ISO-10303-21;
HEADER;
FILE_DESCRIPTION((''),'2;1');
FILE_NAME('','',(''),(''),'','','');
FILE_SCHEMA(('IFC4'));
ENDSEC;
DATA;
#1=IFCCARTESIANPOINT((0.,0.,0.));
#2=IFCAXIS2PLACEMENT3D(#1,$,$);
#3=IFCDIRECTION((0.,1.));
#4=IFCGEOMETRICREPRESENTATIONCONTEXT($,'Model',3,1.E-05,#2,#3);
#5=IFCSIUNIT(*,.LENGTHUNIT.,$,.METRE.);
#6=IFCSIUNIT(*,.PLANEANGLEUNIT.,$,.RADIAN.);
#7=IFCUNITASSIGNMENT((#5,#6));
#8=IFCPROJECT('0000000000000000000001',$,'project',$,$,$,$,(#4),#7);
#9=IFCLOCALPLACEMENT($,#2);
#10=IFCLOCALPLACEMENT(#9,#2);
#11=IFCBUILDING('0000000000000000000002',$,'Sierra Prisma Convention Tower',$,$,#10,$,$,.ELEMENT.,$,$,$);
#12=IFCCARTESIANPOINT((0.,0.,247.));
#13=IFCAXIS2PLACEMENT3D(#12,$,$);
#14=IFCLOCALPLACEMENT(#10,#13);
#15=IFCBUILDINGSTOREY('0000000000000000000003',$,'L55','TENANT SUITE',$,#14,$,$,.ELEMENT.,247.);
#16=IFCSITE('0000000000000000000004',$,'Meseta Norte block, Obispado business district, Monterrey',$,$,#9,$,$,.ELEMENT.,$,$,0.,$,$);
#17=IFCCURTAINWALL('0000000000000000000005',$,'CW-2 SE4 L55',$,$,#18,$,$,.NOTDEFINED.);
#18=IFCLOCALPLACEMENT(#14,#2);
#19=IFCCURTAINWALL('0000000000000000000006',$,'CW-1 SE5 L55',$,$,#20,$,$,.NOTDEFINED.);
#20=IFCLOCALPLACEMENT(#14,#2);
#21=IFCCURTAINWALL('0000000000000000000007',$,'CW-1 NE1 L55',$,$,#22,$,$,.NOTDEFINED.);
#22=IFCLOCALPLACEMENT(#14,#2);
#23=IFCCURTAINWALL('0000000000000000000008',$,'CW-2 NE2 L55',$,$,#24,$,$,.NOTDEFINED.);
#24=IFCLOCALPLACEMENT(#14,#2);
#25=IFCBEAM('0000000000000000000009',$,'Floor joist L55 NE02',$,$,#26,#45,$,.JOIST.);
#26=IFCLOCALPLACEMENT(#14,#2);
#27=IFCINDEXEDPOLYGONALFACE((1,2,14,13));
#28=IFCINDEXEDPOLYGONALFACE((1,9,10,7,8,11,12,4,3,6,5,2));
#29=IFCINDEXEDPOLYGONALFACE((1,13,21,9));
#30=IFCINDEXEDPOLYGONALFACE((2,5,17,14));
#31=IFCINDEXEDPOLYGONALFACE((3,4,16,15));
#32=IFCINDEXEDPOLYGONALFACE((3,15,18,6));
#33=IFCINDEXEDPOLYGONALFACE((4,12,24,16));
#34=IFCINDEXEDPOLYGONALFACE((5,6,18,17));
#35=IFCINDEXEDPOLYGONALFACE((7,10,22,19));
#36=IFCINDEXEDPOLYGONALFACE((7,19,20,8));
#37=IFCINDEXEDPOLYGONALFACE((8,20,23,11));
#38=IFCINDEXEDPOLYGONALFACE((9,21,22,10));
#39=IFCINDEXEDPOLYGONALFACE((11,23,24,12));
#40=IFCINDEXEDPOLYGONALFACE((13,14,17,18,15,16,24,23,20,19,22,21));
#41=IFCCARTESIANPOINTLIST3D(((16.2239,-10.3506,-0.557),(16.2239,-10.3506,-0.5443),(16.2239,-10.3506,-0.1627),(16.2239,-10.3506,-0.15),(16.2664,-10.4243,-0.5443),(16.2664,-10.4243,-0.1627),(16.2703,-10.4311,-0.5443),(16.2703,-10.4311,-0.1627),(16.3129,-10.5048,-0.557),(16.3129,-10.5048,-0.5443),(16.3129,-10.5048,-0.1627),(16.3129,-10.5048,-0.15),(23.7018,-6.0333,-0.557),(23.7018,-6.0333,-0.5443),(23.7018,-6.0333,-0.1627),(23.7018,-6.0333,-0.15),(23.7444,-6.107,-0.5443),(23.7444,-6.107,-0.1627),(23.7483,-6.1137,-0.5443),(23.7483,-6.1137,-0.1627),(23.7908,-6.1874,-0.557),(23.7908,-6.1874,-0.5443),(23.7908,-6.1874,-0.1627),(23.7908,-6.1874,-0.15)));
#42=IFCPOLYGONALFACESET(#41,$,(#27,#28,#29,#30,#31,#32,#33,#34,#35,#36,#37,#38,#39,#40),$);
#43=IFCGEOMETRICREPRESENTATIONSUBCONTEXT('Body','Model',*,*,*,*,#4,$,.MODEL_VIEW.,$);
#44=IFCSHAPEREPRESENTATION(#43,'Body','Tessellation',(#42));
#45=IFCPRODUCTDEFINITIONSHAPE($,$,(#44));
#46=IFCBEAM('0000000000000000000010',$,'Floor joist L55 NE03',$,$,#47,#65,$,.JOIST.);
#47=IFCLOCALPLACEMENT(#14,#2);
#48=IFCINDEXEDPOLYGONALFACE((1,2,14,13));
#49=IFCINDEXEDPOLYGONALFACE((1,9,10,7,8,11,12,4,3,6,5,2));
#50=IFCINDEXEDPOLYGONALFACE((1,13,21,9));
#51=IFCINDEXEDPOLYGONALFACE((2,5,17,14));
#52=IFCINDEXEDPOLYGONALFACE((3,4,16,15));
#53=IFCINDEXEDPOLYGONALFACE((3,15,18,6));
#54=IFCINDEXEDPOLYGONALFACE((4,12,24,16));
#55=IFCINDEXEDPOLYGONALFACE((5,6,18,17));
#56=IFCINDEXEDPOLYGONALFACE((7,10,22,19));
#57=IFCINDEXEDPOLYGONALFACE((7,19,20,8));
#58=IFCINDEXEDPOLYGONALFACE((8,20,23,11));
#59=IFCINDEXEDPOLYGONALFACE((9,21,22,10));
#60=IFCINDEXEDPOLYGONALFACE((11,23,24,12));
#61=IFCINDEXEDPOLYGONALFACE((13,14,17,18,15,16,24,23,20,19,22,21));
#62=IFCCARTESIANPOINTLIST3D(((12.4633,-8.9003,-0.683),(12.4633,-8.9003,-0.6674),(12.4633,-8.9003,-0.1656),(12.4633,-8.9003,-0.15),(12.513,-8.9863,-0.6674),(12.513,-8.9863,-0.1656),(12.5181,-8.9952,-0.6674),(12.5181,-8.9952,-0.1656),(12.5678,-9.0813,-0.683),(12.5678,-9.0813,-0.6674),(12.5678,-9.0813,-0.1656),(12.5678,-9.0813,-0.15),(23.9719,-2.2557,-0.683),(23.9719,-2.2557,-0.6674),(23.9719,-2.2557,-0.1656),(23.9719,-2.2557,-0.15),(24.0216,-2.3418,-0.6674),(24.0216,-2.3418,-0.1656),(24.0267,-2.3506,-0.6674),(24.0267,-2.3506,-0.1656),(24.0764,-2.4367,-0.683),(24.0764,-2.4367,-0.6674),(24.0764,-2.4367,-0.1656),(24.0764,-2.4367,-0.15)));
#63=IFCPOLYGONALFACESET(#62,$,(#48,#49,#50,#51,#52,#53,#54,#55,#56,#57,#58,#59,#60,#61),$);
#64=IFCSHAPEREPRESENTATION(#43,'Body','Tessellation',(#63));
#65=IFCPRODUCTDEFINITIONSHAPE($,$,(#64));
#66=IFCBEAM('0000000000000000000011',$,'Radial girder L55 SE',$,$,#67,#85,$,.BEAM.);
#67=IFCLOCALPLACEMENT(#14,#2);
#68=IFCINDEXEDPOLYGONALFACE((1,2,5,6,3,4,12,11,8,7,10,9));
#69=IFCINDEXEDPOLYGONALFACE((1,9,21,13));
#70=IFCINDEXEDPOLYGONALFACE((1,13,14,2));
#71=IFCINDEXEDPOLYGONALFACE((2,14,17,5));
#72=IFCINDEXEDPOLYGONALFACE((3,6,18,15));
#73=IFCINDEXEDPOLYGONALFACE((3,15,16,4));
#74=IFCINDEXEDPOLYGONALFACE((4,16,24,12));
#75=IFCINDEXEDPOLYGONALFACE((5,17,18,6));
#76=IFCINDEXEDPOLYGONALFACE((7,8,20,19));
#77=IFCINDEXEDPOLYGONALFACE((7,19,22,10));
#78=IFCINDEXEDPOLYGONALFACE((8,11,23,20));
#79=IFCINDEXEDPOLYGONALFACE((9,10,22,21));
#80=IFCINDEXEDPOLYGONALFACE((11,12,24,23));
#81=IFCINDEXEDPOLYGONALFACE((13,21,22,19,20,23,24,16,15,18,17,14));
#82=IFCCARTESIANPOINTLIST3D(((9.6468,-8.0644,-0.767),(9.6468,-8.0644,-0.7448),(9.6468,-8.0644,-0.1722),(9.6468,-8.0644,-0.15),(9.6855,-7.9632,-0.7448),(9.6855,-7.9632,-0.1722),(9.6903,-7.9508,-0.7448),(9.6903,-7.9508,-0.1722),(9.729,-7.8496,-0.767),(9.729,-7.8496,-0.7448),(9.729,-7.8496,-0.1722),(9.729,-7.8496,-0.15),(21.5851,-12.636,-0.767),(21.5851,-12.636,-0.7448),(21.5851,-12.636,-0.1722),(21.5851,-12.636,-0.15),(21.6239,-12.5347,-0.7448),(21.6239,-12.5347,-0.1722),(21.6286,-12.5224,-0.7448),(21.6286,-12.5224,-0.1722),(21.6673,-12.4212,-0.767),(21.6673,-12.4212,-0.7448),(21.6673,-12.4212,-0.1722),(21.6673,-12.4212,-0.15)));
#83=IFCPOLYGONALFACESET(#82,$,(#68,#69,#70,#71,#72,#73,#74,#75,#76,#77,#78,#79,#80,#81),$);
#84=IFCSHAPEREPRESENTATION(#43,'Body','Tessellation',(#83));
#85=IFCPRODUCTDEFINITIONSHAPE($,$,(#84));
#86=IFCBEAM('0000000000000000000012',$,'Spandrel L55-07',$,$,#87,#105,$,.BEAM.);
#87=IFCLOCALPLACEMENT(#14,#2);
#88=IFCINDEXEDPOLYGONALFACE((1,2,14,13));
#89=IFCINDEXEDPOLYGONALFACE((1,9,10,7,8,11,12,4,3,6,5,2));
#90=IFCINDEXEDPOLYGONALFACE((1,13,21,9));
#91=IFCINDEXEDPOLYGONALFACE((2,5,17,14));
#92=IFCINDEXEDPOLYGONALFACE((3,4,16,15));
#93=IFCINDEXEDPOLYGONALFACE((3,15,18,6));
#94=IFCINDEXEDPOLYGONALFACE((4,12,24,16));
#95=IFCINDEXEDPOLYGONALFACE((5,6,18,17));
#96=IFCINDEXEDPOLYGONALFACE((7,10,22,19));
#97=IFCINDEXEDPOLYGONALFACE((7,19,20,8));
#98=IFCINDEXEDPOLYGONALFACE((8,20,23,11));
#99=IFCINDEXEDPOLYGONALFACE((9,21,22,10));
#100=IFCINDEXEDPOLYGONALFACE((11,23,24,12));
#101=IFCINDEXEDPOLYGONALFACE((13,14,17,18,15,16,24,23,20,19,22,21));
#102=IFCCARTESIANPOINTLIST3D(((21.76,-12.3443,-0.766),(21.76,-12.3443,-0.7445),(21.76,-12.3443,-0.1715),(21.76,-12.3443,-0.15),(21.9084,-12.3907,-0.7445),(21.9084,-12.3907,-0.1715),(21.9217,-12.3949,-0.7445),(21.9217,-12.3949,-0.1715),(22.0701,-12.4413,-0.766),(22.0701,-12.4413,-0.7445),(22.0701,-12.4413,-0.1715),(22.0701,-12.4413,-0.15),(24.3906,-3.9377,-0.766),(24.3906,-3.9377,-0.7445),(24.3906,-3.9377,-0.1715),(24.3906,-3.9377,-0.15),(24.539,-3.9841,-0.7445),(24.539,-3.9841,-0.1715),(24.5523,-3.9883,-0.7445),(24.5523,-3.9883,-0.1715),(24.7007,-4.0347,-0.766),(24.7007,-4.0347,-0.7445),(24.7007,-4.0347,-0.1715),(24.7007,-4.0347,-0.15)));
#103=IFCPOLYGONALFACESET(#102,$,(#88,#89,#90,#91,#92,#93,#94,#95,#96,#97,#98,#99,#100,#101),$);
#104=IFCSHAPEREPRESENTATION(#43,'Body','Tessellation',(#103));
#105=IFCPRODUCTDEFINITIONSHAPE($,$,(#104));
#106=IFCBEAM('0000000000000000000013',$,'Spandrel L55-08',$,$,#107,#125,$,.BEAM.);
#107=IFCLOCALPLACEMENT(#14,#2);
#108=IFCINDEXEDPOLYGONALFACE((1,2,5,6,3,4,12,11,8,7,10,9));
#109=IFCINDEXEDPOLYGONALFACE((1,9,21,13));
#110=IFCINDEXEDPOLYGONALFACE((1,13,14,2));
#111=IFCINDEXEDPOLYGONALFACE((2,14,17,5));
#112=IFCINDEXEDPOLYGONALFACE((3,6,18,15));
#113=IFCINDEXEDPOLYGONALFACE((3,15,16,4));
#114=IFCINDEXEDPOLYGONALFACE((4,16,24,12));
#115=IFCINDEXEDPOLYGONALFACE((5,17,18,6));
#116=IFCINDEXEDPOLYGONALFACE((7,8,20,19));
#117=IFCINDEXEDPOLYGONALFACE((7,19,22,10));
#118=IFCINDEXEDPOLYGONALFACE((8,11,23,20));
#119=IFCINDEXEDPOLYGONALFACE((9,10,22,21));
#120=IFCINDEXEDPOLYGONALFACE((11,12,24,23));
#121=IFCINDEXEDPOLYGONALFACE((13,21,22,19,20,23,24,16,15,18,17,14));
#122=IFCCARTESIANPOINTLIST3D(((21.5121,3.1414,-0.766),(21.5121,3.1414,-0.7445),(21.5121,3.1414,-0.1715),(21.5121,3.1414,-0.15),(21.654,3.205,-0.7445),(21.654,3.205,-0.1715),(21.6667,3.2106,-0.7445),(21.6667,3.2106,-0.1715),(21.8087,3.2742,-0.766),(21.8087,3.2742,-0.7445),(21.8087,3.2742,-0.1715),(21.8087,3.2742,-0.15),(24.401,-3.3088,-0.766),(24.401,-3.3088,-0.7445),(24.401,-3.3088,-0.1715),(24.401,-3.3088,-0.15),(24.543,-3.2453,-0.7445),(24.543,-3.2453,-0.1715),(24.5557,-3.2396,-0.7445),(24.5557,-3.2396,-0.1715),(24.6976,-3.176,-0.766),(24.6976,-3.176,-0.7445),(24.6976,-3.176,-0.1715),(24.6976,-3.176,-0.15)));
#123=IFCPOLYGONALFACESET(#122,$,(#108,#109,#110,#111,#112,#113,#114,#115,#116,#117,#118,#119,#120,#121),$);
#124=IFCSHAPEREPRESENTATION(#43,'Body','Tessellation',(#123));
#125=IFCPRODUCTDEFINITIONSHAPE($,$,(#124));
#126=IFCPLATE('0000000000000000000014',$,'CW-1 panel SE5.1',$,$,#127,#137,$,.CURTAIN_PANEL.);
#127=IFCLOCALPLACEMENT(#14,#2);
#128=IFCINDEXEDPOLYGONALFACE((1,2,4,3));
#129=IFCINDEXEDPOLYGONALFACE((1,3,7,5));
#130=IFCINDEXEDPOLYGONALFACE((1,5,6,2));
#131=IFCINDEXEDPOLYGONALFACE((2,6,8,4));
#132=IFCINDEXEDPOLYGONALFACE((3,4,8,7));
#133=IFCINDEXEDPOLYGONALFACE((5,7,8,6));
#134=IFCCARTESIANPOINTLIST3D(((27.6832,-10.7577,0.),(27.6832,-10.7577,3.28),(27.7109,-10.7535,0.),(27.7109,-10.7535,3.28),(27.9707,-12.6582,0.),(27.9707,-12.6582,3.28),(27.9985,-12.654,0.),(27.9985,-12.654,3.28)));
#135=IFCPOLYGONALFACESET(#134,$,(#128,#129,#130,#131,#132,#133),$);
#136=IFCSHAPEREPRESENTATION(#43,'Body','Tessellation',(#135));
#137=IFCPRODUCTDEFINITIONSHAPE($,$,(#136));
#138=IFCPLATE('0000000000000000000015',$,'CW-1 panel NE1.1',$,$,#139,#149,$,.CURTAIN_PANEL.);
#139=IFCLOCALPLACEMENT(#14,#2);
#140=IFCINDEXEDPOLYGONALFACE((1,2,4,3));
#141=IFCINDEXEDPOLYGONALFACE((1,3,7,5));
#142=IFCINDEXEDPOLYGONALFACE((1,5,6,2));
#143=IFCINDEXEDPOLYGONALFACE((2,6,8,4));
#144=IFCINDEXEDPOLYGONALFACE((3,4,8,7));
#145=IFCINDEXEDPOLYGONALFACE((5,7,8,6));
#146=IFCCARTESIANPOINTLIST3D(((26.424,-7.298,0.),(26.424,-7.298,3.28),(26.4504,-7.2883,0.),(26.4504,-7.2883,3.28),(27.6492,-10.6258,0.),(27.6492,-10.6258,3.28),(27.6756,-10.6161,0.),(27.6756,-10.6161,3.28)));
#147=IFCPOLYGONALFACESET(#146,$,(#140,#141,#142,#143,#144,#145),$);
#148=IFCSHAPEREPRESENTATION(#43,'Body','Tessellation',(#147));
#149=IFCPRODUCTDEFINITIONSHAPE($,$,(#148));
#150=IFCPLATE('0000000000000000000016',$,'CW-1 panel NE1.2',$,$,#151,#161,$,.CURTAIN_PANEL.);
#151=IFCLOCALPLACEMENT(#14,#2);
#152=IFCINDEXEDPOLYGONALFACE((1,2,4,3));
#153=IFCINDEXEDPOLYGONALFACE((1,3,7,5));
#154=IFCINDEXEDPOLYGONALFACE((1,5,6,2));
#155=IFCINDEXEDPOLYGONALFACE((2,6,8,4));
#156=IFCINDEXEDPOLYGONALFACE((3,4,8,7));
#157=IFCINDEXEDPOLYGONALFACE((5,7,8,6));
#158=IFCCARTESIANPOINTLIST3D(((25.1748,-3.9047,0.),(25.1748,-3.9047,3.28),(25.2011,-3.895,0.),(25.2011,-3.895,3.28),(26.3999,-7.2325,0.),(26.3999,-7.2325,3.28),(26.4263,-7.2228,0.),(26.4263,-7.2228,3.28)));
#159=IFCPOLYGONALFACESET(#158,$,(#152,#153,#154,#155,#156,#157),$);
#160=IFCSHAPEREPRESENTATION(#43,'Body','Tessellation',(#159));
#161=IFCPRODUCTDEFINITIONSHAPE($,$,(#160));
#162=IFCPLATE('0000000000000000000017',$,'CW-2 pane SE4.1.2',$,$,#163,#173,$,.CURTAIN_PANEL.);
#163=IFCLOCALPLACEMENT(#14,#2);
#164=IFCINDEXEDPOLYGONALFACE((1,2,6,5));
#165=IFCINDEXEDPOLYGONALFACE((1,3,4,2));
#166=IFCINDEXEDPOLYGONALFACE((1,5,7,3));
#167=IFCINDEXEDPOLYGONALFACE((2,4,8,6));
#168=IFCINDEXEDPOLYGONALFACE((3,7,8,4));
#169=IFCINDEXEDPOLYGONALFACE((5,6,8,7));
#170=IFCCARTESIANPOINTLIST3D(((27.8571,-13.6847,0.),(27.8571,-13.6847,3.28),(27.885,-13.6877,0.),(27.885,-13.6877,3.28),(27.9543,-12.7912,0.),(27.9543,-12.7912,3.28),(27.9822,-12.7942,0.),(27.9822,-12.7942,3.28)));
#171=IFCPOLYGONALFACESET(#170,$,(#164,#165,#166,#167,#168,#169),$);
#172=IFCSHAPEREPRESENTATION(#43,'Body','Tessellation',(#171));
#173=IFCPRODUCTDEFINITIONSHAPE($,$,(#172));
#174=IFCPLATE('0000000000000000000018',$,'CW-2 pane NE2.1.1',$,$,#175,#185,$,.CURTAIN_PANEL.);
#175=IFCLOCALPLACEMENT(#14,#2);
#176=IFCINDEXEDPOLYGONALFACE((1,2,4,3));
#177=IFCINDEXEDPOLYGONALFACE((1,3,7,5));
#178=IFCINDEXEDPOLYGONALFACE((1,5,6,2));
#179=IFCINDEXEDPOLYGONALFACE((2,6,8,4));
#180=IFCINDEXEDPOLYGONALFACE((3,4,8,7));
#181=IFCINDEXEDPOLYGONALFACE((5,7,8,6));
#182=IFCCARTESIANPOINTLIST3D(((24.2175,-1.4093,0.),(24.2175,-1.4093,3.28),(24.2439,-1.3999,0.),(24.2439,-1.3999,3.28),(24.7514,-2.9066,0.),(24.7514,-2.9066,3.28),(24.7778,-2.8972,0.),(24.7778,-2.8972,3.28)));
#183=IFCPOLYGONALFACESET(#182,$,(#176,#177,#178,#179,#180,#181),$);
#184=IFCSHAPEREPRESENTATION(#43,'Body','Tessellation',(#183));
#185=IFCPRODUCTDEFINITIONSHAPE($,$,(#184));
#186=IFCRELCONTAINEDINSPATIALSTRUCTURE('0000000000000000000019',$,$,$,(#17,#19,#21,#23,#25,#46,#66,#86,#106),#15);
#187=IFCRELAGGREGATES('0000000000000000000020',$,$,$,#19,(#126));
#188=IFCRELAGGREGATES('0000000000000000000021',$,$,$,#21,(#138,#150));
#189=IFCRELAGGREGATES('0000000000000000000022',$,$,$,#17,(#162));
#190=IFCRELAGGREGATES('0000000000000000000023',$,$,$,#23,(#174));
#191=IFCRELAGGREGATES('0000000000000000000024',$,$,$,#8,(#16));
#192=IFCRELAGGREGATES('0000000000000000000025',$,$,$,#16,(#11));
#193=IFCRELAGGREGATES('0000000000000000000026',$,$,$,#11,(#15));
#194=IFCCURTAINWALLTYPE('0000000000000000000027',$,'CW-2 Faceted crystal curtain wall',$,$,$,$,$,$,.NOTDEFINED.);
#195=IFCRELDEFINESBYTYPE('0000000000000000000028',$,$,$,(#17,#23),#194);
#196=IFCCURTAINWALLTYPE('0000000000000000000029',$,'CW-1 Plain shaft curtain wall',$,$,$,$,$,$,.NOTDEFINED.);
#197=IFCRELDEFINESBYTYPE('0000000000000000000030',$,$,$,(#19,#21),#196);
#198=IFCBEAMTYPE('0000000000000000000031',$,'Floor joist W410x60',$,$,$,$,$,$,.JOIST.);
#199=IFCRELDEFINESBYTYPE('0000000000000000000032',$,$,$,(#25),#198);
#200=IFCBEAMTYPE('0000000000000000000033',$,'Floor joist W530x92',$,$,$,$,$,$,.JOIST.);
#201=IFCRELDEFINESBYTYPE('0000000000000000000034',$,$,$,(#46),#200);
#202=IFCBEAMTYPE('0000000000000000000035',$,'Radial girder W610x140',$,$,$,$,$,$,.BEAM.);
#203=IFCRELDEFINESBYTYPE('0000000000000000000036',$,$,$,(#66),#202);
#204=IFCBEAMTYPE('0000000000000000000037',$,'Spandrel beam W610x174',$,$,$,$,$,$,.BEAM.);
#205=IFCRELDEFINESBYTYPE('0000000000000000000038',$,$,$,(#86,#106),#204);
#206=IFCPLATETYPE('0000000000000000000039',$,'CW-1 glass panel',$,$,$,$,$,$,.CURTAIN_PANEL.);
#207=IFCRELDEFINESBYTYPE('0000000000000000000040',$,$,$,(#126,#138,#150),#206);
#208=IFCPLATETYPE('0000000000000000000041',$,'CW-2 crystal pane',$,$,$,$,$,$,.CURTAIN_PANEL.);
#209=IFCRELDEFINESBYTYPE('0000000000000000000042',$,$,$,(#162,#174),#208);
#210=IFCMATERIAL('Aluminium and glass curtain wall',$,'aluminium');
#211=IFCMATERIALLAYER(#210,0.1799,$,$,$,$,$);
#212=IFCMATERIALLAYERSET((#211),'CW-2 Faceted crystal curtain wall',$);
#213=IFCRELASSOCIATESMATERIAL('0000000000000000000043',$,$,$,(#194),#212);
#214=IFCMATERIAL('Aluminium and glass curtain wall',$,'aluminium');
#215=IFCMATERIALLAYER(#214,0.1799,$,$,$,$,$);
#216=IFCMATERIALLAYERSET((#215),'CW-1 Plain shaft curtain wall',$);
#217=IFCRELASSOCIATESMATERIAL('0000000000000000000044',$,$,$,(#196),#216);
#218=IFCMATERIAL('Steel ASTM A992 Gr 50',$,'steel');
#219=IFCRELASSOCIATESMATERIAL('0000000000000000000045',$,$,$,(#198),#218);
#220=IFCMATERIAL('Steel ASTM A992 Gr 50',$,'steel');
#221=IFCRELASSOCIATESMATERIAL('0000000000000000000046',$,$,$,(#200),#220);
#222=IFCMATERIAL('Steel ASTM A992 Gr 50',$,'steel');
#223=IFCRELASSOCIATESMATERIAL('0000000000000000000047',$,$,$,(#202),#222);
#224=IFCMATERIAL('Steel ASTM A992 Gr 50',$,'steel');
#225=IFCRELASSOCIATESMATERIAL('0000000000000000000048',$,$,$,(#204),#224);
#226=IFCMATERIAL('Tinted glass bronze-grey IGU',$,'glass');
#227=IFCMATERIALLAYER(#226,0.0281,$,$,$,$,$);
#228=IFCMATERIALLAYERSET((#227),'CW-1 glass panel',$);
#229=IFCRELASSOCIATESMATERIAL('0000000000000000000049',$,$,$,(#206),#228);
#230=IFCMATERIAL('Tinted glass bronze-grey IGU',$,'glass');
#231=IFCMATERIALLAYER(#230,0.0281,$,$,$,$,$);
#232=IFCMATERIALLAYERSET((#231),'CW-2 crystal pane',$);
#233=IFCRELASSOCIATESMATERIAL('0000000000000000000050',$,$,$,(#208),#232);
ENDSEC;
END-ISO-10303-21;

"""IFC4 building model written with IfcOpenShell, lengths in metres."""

from ifc_helpers import new_model, si_unit, direction, frame, origin, origin_2d, place, context, subcontext, project, spatial, polyline, rectangle, i_section, outline, extrude, material, layer, layer_set, material_profile, profile_set, type_object, element, aggregate, save


model = new_model("IFC4")

# Units and contexts
model_context = context("Model", 3, precision=1e-05, world=origin(), true_north=direction((0.0, 1.0)))
body_context = subcontext(model_context, "Body", "Model", "MODEL_VIEW")
ifc_project = project(units=[si_unit("LENGTHUNIT", "METRE"), si_unit("PLANEANGLEUNIT", "RADIAN")], contexts=[model_context])

# Site, building, storey
site_placement = place(None, origin())
site = spatial("IfcSite", under=ifc_project, at=site_placement, Name="Meseta Norte block, Obispado business district, Monterrey", CompositionType="ELEMENT", RefElevation=0.0)
building_placement = place(site_placement, origin())
building = spatial("IfcBuilding", under=site, at=building_placement, Name="Sierra Prisma Convention Tower", CompositionType="ELEMENT")
storey_placement = place(building_placement, frame((0.0, 0.0, 247.0)))
storey = spatial("IfcBuildingStorey", under=building, at=storey_placement, Name="L55", Description="TENANT SUITE", CompositionType="ELEMENT", Elevation=247.0)

# Curtain walls
ifc_material_1 = material(Name="Aluminium and glass curtain wall", Category="aluminium")
ifc_layer_1 = layer(ifc_material_1, 0.1799)
ifc_layer_set_1 = layer_set([ifc_layer_1], Name="CW-2 Faceted crystal curtain wall")
curtain_wall_type_1 = type_object("IfcCurtainWallType", Name="CW-2 Faceted crystal curtain wall", PredefinedType="NOTDEFINED", material=ifc_layer_set_1)
curtain_wall_1_placement = place(storey_placement, origin())
curtain_wall_1 = element("IfcCurtainWall", 1, at=curtain_wall_1_placement, inside=storey, type_object=curtain_wall_type_1, Name="CW-2 SE4 L55", PredefinedType="NOTDEFINED")
ifc_material_2 = material(Name="Aluminium and glass curtain wall", Category="aluminium")
ifc_layer_2 = layer(ifc_material_2, 0.1799)
ifc_layer_set_2 = layer_set([ifc_layer_2], Name="CW-1 Plain shaft curtain wall")
curtain_wall_type_2 = type_object("IfcCurtainWallType", Name="CW-1 Plain shaft curtain wall", PredefinedType="NOTDEFINED", material=ifc_layer_set_2)
curtain_wall_2_placement = place(storey_placement, origin())
curtain_wall_2 = element("IfcCurtainWall", 2, at=curtain_wall_2_placement, inside=storey, type_object=curtain_wall_type_2, Name="CW-1 SE5 L55", PredefinedType="NOTDEFINED")

# Curtain wall
curtain_wall_3_placement = place(storey_placement, origin())
curtain_wall_3 = element("IfcCurtainWall", 3, at=curtain_wall_3_placement, inside=storey, type_object=curtain_wall_type_2, Name="CW-1 NE1 L55", PredefinedType="NOTDEFINED")

# Curtain wall
curtain_wall_4_placement = place(storey_placement, origin())
curtain_wall_4 = element("IfcCurtainWall", 4, at=curtain_wall_4_placement, inside=storey, type_object=curtain_wall_type_1, Name="CW-2 NE2 L55", PredefinedType="NOTDEFINED")

# Beams
ifc_material_3 = material(Name="Steel ASTM A992 Gr 50", Category="steel")
ifc_material_profile_1 = material_profile(ifc_material_3, i_section(OverallWidth=0.178, OverallDepth=0.407, WebThickness=0.0078, FlangeThickness=0.0127, at=origin_2d()), Name="W410x60")
ifc_profile_set_1 = profile_set([ifc_material_profile_1], Name="Steel ASTM A992 Gr 50")
beam_type_1 = type_object("IfcBeamType", Name="Floor joist W410x60", PredefinedType="JOIST", material=ifc_profile_set_1)
beam_1_placement = place(storey_placement, frame((23.7463, -6.1104, -0.3535), z_axis=(-0.866028, -0.499995, 0.0), x_axis=(0.499995, -0.866028, 0.0)))
element("IfcBeam", 5, at=beam_1_placement, inside=storey, type_object=beam_type_1, Name="Floor joist L55 NE02", PredefinedType="JOIST", context=body_context, shape_type="SweptSolid", body=[
    extrude(i_section(OverallWidth=0.178, OverallDepth=0.407, WebThickness=0.0078, FlangeThickness=0.0127, at=origin_2d()), origin(), (0.0, 0.0, 1.0), 8.6348),
])
ifc_material_4 = material(Name="Steel ASTM A992 Gr 50", Category="steel")
ifc_material_profile_2 = material_profile(ifc_material_4, i_section(OverallWidth=0.209, OverallDepth=0.533, WebThickness=0.0103, FlangeThickness=0.0156, at=origin_2d()), Name="W530x92")
ifc_profile_set_2 = profile_set([ifc_material_profile_2], Name="Steel ASTM A992 Gr 50")
beam_type_2 = type_object("IfcBeamType", Name="Floor joist W530x92", PredefinedType="JOIST", material=ifc_profile_set_2)
beam_2_placement = place(storey_placement, frame((24.0242, -2.3462, -0.4165), z_axis=(-0.866023, -0.500004, 0.0), x_axis=(0.500004, -0.866023, 0.0)))
element("IfcBeam", 6, at=beam_2_placement, inside=storey, type_object=beam_type_2, Name="Floor joist L55 NE03", PredefinedType="JOIST", context=body_context, shape_type="SweptSolid", body=[
    extrude(i_section(OverallWidth=0.209, OverallDepth=0.533, WebThickness=0.0103, FlangeThickness=0.0156, at=origin_2d()), origin(), (0.0, 0.0, 1.0), 13.2891),
])
ifc_material_5 = material(Name="Steel ASTM A992 Gr 50", Category="steel")
ifc_material_profile_3 = material_profile(ifc_material_5, i_section(OverallWidth=0.23, OverallDepth=0.6169, WebThickness=0.0132, FlangeThickness=0.0222, at=origin_2d()), Name="W610x140")
ifc_profile_set_3 = profile_set([ifc_material_profile_3], Name="Steel ASTM A992 Gr 50")
beam_type_3 = type_object("IfcBeamType", Name="Radial girder W610x140", PredefinedType="BEAM", material=ifc_profile_set_3)
beam_3_placement = place(storey_placement, frame((21.6262, -12.5286, -0.4585), z_axis=(-0.933871, 0.357609, 0.0), x_axis=(-0.357609, -0.933871, 0.0)))
element("IfcBeam", 7, at=beam_3_placement, inside=storey, type_object=beam_type_3, Name="Radial girder L55 SE", PredefinedType="BEAM", context=body_context, shape_type="SweptSolid", body=[
    extrude(i_section(OverallWidth=0.23, OverallDepth=0.6169, WebThickness=0.0132, FlangeThickness=0.0222, at=origin_2d()), origin(), (0.0, 0.0, 1.0), 12.7837),
])
ifc_material_6 = material(Name="Steel ASTM A992 Gr 50", Category="steel")
ifc_material_profile_4 = material_profile(ifc_material_6, i_section(OverallWidth=0.325, OverallDepth=0.616, WebThickness=0.0139, FlangeThickness=0.0215, at=origin_2d()), Name="W610x174")
ifc_profile_set_4 = profile_set([ifc_material_profile_4], Name="Steel ASTM A992 Gr 50")
beam_type_4 = type_object("IfcBeamType", Name="Spandrel beam W610x174", PredefinedType="BEAM", material=ifc_profile_set_4)
beam_4_placement = place(storey_placement, frame((21.915, -12.3928, -0.458), z_axis=(0.298646, 0.954364, 0.0), x_axis=(-0.954364, 0.298646, 0.0)))
element("IfcBeam", 8, at=beam_4_placement, inside=storey, type_object=beam_type_4, Name="Spandrel L55-07", PredefinedType="BEAM", context=body_context, shape_type="SweptSolid", body=[
    extrude(i_section(OverallWidth=0.325, OverallDepth=0.616, WebThickness=0.0139, FlangeThickness=0.0215, at=origin_2d()), origin(), (0.0, 0.0, 1.0), 8.8086),
])
beam_5_placement = place(storey_placement, frame((24.5493, -3.2424, -0.458), z_axis=(-0.408755, 0.912644, 0.0), x_axis=(-0.912644, -0.408755, 0.0)))
element("IfcBeam", 9, at=beam_5_placement, inside=storey, type_object=beam_type_4, Name="Spandrel L55-08", PredefinedType="BEAM", context=body_context, shape_type="SweptSolid", body=[
    extrude(i_section(OverallWidth=0.325, OverallDepth=0.616, WebThickness=0.0139, FlangeThickness=0.0215, at=origin_2d()), origin(), (0.0, 0.0, 1.0), 7.0676),
])

# Plates
ifc_material_7 = material(Name="Tinted glass bronze-grey IGU", Category="glass")
ifc_layer_3 = layer(ifc_material_7, 0.0281)
ifc_layer_set_3 = layer_set([ifc_layer_3], Name="CW-1 glass panel")
plate_type_1 = type_object("IfcPlateType", Name="CW-1 glass panel", PredefinedType="CURTAIN_PANEL", material=ifc_layer_set_3)
plate_1_placement = place(storey_placement, frame((27.8408, -11.7058, 0.0), z_axis=(0.0, 0.0, 1.0), x_axis=(-0.149594, 0.988748, 0.0)))
plate_1 = element("IfcPlate", 10, at=plate_1_placement, type_object=plate_type_1, Name="CW-1 panel SE5.1", PredefinedType="CURTAIN_PANEL", context=body_context, shape_type="SweptSolid", body=[
    extrude(rectangle(XDim=1.9221, YDim=0.0281, at=origin_2d()), origin(), (0.0, 0.0, 1.0), 3.28),
])
aggregate(curtain_wall_2, [plate_1])
plate_2_placement = place(storey_placement, frame((27.0498, -8.957, 0.0), z_axis=(0.0, 0.0, 1.0), x_axis=(-0.345492, 0.938422, 0.0)))
plate_2 = element("IfcPlate", 11, at=plate_2_placement, type_object=plate_type_1, Name="CW-1 panel NE1.1", PredefinedType="CURTAIN_PANEL", context=body_context, shape_type="SweptSolid", body=[
    extrude(rectangle(XDim=3.5461, YDim=0.0281, at=origin_2d()), origin(), (0.0, 0.0, 1.0), 3.28),
])
plate_3_placement = place(storey_placement, frame((25.8005, -5.5637, 0.0), z_axis=(0.0, 0.0, 1.0), x_axis=(-0.345492, 0.938422, 0.0)))
plate_3 = element("IfcPlate", 12, at=plate_3_placement, type_object=plate_type_1, Name="CW-1 panel NE1.2", PredefinedType="CURTAIN_PANEL", context=body_context, shape_type="SweptSolid", body=[
    extrude(rectangle(XDim=3.5461, YDim=0.0281, at=origin_2d()), origin(), (0.0, 0.0, 1.0), 3.28),
])
aggregate(curtain_wall_3, [plate_2, plate_3])
ifc_material_8 = material(Name="Tinted glass bronze-grey IGU", Category="glass")
ifc_layer_4 = layer(ifc_material_8, 0.0281)
ifc_layer_set_4 = layer_set([ifc_layer_4], Name="CW-2 crystal pane")
plate_type_2 = type_object("IfcPlateType", Name="CW-2 crystal pane", PredefinedType="CURTAIN_PANEL", material=ifc_layer_set_4)
plate_4_placement = place(storey_placement, frame((27.9822, -12.7942, 0.0), z_axis=(0.994139, -0.108106, 0.0), x_axis=(-0.108106, -0.994139, 0.0)))
plate_4 = element("IfcPlate", 13, at=plate_4_placement, type_object=plate_type_2, Name="CW-2 pane SE4.1.2", PredefinedType="CURTAIN_PANEL", context=body_context, shape_type="SweptSolid", body=[
    extrude(outline(polyline([(0.0, 0.0), (0.8988, 0.0), (0.8988, -3.28), (0.0, -3.28), (0.0, 0.0)])), origin(), (0.0, 0.0, -1.0), 0.0281),
])
aggregate(curtain_wall_1, [plate_4])
plate_5_placement = place(storey_placement, frame((24.7778, -2.8972, 0.0), z_axis=(0.941905, 0.335879, 0.0), x_axis=(-0.335879, 0.941905, 0.0)))
plate_5 = element("IfcPlate", 14, at=plate_5_placement, type_object=plate_type_2, Name="CW-2 pane NE2.1.1", PredefinedType="CURTAIN_PANEL", context=body_context, shape_type="SweptSolid", body=[
    extrude(outline(polyline([(0.0, 0.0), (1.5897, 0.0), (1.5897, 3.28), (0.0, 3.28), (0.0, 0.0)])), origin(), (0.0, 0.0, -1.0), 0.0281),
])
aggregate(curtain_wall_4, [plate_5])

save(model, "model.ifc")
